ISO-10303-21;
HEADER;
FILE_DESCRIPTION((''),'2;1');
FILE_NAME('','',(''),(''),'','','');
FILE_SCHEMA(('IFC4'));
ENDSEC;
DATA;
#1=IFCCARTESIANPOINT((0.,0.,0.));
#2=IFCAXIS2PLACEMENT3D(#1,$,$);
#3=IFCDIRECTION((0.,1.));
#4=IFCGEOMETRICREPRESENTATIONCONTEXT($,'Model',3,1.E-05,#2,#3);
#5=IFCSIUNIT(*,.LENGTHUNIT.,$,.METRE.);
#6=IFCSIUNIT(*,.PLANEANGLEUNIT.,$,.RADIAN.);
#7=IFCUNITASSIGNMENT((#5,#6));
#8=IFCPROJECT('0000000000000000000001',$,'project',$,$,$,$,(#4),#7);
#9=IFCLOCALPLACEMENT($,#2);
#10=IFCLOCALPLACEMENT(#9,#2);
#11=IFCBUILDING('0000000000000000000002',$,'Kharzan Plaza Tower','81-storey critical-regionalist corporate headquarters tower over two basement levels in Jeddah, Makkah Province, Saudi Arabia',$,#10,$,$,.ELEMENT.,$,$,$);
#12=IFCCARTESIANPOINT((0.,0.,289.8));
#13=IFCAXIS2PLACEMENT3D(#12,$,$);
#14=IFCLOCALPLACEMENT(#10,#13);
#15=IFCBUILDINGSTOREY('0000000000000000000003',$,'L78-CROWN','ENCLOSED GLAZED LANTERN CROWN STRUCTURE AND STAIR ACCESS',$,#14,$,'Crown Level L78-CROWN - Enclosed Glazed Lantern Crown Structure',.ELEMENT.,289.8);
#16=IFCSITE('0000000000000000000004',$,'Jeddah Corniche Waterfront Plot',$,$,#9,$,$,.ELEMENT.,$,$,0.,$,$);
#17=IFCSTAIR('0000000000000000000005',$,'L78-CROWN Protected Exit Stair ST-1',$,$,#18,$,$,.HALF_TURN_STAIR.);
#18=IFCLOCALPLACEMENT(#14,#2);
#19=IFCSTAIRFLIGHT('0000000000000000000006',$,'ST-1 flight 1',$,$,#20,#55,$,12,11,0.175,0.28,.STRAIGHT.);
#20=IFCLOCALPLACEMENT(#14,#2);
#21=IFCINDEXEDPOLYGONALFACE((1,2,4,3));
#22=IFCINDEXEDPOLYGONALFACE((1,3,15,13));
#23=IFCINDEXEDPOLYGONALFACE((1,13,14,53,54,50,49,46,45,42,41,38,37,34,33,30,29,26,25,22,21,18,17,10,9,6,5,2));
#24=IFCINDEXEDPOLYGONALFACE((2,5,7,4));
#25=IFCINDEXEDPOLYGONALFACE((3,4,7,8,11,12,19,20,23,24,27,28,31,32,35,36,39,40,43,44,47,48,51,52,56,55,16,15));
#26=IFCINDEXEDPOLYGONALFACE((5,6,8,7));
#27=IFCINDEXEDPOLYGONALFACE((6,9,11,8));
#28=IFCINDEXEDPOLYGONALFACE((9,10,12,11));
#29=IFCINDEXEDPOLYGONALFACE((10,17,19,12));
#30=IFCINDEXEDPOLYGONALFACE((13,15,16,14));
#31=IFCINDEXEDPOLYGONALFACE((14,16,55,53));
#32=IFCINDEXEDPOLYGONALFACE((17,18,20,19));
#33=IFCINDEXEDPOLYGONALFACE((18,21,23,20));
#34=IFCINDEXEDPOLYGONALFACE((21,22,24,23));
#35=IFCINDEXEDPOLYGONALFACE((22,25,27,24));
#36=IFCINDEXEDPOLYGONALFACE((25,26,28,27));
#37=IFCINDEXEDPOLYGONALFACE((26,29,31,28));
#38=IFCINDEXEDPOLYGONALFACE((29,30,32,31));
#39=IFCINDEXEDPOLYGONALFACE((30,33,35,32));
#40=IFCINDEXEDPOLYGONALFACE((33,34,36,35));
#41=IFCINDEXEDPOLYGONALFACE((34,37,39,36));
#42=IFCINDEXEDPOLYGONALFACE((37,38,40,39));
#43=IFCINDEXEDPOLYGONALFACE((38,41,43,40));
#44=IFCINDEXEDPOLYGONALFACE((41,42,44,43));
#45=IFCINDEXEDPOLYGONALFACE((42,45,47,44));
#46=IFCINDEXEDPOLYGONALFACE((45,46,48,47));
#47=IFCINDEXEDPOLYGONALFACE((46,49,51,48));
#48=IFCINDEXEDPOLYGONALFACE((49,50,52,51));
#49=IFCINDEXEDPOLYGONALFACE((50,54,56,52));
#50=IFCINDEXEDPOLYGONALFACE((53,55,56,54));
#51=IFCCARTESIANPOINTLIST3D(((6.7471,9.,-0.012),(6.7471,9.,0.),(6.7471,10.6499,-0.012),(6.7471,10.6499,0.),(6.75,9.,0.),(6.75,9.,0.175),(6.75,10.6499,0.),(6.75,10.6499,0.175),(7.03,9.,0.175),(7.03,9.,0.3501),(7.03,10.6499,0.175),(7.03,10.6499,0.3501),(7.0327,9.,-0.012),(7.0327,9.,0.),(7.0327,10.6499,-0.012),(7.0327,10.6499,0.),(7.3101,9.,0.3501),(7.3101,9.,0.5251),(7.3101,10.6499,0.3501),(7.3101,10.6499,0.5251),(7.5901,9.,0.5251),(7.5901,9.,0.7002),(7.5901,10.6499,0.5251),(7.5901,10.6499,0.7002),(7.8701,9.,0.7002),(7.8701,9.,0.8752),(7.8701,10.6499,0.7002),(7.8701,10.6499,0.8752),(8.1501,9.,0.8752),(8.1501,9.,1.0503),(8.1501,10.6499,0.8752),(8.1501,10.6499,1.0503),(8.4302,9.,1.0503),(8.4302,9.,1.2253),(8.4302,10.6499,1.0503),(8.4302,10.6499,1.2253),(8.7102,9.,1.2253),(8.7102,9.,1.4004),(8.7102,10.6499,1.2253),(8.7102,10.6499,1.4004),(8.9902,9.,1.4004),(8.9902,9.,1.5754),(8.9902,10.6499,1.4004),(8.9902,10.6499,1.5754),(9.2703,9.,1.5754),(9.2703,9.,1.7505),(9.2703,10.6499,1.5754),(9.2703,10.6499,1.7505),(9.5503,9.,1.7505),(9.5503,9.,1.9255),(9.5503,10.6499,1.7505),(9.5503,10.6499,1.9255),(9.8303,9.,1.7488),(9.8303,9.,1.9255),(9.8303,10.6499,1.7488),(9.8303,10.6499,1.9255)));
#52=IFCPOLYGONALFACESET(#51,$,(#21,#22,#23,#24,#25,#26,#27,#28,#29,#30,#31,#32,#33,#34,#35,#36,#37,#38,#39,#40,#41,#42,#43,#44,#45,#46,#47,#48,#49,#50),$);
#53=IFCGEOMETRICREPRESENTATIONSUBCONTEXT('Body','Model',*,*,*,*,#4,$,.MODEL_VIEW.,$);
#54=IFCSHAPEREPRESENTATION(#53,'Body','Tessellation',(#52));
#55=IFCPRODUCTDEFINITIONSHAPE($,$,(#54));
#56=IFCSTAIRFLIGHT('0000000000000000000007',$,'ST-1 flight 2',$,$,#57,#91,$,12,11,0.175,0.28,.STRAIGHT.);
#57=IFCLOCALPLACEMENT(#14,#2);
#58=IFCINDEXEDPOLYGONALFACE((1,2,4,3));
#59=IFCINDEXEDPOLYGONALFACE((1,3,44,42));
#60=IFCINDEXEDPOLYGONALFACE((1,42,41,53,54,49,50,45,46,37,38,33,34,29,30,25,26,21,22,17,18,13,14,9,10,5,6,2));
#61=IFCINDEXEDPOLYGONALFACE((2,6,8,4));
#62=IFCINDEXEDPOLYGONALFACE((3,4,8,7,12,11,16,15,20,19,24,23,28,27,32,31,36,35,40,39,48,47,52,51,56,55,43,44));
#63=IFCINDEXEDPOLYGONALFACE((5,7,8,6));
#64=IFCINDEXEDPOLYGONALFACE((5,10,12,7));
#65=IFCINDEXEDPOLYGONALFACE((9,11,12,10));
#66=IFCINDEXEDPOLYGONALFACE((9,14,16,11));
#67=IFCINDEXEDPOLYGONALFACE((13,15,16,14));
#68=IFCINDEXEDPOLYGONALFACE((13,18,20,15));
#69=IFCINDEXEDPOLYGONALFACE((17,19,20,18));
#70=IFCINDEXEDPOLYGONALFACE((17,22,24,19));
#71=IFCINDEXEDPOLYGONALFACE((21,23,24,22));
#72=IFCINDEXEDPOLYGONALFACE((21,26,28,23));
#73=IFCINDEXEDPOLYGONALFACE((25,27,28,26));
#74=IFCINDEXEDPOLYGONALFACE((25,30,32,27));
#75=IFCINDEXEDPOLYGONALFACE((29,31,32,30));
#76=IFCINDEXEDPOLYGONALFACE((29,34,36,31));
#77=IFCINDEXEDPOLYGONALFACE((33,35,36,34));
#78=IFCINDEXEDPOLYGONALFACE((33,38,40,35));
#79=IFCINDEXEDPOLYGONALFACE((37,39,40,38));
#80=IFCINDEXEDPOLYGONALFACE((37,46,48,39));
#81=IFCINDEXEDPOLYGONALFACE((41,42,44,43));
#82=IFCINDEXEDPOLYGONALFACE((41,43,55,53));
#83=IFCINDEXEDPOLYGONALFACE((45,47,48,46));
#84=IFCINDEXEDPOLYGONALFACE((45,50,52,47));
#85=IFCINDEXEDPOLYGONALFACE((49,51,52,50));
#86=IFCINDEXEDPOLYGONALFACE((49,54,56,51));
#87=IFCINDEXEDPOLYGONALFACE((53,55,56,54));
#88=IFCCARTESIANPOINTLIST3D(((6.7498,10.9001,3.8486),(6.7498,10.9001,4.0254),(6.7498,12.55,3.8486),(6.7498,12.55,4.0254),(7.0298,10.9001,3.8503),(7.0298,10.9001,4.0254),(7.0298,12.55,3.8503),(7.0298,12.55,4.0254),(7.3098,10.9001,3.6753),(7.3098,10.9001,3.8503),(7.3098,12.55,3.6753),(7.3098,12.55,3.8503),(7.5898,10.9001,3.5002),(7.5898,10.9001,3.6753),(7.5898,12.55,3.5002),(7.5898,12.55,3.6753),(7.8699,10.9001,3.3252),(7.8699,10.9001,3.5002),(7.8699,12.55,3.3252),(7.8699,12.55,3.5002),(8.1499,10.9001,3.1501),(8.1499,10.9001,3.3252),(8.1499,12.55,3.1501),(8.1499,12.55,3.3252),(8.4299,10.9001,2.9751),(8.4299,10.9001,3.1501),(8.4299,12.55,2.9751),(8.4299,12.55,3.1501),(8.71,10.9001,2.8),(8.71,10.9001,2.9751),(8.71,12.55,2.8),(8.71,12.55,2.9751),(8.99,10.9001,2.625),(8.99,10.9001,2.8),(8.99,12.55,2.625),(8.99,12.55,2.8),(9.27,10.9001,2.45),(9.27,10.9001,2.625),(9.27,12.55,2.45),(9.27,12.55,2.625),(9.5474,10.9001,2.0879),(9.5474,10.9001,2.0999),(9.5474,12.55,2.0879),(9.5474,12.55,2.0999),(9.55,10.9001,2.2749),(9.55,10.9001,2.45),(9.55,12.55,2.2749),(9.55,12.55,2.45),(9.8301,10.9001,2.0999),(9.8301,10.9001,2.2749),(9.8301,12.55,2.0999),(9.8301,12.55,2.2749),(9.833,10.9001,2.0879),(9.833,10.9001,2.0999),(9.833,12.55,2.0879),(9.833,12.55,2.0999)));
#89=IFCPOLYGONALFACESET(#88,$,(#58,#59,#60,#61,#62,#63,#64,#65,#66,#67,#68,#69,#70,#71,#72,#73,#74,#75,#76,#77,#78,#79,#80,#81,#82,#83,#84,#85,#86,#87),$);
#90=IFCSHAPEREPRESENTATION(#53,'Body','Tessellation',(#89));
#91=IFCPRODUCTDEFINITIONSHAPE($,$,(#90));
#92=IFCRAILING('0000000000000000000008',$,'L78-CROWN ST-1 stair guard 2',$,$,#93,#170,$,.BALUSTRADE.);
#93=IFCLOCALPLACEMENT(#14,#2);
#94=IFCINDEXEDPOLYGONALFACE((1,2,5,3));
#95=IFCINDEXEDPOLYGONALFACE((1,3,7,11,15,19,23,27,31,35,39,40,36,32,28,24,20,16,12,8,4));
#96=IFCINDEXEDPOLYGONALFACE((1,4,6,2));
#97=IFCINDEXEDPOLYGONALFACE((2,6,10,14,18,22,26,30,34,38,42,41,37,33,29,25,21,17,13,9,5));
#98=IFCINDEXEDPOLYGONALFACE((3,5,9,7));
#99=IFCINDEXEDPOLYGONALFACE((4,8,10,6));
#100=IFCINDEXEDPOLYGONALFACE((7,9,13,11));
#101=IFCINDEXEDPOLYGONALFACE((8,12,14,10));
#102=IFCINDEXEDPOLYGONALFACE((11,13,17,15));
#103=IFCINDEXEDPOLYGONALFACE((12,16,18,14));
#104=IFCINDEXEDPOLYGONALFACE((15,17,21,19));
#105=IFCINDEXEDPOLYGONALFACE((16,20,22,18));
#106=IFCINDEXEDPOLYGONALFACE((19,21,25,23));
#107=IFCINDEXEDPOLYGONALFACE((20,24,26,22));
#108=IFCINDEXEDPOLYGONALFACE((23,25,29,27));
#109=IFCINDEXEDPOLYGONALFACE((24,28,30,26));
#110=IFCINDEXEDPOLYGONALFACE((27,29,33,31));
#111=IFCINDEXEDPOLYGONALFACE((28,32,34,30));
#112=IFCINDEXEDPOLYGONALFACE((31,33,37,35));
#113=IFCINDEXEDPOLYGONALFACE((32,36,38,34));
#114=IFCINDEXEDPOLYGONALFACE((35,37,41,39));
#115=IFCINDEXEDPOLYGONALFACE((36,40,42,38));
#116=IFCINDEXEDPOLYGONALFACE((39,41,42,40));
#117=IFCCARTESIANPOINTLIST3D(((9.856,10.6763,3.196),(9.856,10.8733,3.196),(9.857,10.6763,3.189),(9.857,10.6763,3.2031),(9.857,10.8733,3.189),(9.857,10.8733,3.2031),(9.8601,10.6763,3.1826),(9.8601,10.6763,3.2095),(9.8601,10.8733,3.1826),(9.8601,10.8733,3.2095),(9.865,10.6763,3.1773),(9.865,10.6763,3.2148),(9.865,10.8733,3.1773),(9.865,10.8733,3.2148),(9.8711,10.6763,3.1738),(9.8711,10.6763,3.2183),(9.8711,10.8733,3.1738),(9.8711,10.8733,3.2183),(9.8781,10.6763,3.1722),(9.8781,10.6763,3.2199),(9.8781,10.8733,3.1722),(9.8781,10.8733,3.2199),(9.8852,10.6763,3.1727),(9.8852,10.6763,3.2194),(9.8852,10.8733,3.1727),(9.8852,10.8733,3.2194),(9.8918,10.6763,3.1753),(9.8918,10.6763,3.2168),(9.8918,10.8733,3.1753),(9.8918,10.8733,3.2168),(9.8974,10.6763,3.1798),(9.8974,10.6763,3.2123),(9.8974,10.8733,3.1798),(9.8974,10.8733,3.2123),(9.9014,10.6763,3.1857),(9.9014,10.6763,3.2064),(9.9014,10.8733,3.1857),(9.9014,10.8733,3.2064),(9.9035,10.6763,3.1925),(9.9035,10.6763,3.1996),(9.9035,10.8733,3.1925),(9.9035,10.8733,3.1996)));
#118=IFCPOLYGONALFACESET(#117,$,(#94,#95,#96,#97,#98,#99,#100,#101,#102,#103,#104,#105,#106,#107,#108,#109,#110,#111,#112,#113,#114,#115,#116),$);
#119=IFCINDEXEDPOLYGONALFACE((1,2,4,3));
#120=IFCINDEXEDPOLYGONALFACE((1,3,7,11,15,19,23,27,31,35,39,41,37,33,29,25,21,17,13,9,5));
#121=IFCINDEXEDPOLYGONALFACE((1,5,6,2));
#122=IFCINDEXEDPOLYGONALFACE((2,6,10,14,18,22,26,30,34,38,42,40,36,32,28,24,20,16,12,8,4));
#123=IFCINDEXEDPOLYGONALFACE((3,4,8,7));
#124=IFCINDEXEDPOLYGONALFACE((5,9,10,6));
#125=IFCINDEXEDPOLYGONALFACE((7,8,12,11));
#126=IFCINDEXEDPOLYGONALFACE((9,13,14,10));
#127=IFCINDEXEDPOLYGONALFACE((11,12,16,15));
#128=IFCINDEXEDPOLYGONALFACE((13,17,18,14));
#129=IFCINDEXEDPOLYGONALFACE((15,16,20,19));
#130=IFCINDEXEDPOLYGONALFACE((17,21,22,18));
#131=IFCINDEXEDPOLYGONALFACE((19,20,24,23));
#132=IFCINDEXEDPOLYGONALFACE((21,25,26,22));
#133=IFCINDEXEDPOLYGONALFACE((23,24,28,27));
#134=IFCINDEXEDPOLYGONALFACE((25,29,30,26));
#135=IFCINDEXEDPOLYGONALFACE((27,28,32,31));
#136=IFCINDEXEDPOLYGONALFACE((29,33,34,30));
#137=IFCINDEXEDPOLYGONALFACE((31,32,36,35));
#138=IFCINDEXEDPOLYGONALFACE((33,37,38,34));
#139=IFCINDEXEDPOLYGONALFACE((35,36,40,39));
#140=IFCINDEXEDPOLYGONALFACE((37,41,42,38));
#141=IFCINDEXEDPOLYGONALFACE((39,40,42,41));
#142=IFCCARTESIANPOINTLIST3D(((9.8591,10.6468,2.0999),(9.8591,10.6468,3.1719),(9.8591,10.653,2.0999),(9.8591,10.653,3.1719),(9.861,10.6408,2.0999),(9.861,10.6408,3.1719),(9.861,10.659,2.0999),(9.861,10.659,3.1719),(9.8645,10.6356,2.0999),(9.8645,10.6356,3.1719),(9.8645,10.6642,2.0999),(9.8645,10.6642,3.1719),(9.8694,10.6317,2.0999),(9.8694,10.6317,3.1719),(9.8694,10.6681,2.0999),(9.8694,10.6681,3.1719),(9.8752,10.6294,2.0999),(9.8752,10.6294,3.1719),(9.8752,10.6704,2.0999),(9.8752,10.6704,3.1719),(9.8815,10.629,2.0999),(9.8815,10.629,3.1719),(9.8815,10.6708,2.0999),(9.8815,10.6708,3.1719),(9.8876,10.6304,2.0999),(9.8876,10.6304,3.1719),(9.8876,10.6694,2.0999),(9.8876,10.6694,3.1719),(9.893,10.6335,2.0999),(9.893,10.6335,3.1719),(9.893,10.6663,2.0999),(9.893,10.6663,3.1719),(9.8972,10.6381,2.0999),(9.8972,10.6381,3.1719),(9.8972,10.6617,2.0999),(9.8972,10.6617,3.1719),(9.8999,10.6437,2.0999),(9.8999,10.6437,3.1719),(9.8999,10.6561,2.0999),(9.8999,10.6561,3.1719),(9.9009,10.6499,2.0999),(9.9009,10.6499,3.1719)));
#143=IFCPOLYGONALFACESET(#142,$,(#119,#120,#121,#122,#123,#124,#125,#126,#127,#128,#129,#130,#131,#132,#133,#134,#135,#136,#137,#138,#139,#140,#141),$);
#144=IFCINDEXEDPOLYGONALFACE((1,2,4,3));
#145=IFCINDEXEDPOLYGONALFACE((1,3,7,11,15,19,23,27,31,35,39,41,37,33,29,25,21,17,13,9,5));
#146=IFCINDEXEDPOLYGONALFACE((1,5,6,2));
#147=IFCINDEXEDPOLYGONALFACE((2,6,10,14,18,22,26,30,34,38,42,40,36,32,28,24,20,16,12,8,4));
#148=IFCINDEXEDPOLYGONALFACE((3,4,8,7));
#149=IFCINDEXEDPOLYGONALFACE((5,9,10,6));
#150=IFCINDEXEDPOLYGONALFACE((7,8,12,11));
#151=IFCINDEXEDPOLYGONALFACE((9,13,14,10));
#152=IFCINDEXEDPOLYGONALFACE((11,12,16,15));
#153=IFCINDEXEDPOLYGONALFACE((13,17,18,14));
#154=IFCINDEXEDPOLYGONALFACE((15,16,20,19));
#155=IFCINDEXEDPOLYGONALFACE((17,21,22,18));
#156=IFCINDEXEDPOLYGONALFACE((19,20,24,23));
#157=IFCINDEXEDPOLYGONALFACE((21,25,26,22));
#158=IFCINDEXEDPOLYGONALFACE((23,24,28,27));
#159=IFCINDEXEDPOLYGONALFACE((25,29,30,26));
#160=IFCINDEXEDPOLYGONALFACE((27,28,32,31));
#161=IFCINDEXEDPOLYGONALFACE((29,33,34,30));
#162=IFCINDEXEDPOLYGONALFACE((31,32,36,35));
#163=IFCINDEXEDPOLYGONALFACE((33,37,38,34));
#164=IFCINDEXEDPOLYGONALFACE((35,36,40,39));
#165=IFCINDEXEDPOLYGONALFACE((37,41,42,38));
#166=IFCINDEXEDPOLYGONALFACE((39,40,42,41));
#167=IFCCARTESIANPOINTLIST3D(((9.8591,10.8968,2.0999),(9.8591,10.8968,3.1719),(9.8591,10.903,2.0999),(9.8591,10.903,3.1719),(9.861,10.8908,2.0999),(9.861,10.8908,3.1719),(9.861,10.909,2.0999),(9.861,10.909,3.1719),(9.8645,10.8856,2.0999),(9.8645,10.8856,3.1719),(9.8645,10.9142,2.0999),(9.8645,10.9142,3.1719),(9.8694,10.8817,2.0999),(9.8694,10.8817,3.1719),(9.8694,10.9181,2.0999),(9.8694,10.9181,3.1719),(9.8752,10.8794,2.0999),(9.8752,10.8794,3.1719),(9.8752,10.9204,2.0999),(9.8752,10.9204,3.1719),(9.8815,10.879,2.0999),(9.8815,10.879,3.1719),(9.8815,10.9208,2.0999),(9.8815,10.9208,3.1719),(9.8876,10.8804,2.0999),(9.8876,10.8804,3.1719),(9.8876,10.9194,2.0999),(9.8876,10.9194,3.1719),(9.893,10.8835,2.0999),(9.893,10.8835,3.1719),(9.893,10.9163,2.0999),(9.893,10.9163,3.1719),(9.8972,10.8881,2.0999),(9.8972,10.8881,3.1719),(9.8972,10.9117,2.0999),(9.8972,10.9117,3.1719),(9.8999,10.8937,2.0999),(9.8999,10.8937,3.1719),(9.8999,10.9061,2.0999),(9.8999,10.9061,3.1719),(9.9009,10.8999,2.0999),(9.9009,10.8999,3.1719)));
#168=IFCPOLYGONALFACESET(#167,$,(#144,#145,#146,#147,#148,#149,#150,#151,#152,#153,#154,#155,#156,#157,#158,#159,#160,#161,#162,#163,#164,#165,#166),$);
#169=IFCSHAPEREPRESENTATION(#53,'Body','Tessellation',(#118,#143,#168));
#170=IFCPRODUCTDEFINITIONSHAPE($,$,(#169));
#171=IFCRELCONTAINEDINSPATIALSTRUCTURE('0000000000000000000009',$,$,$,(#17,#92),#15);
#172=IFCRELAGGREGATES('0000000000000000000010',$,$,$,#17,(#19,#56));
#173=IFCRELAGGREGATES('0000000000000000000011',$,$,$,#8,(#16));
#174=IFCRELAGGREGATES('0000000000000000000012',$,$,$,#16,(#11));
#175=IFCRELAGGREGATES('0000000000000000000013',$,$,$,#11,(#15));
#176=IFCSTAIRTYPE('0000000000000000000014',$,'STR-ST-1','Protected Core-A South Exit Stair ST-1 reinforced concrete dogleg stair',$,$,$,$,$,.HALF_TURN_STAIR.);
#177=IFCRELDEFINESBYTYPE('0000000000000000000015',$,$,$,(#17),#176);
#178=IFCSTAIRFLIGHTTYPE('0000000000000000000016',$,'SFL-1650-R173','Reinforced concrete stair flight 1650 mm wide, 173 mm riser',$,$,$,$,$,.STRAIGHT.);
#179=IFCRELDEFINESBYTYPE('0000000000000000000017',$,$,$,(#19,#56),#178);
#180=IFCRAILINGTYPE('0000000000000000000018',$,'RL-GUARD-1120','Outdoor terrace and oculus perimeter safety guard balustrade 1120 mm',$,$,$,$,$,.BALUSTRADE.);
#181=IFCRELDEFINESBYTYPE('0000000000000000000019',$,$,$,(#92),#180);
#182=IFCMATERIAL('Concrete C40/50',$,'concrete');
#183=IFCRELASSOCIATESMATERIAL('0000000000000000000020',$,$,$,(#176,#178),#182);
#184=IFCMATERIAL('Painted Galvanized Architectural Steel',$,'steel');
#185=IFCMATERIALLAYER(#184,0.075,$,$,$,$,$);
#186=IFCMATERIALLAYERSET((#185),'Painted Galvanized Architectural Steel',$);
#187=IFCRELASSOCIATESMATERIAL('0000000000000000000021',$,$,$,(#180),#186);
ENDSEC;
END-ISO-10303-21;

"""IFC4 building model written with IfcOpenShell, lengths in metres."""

from ifc_helpers import new_model, si_unit, direction, frame, origin, origin_2d, place, context, subcontext, project, spatial, polyline, circle, outline, extrude, source, transform, mapped, material, layer, layer_set, type_object, element, aggregate, save


model = new_model("IFC4")

# Units and contexts
model_context = context("Model", 3, precision=1e-05, world=origin(), true_north=direction((0.0, 1.0)))
body_context = subcontext(model_context, "Body", "Model", "MODEL_VIEW")
ifc_project = project(units=[si_unit("LENGTHUNIT", "METRE"), si_unit("PLANEANGLEUNIT", "RADIAN")], contexts=[model_context])

# Site, building, storey
site_placement = place(None, origin())
site = spatial("IfcSite", under=ifc_project, at=site_placement, Name="Jeddah Corniche Waterfront Plot", CompositionType="ELEMENT", RefElevation=0.0)
building_placement = place(site_placement, origin())
building = spatial("IfcBuilding", under=site, at=building_placement, Name="Kharzan Plaza Tower", Description="81-storey critical-regionalist corporate headquarters tower over two basement levels in Jeddah, Makkah Province, Saudi Arabia", CompositionType="ELEMENT")
storey_placement = place(building_placement, frame((0.0, 0.0, 289.8)))
storey = spatial("IfcBuildingStorey", under=building, at=storey_placement, Name="L78-CROWN", Description="ENCLOSED GLAZED LANTERN CROWN STRUCTURE AND STAIR ACCESS", LongName="Crown Level L78-CROWN - Enclosed Glazed Lantern Crown Structure", CompositionType="ELEMENT", Elevation=289.8)

# Shared definitions
ifc_material_1 = material(Name="Concrete C40/50", Category="concrete")

# Stair, stair flights
stair_type = type_object("IfcStairType", Name="STR-ST-1", Description="Protected Core-A South Exit Stair ST-1 reinforced concrete dogleg stair", PredefinedType="HALF_TURN_STAIR", material=ifc_material_1)
stair_placement = place(storey_placement, origin())
stair = element("IfcStair", 1, at=stair_placement, inside=storey, type_object=stair_type, Name="L78-CROWN Protected Exit Stair ST-1", PredefinedType="HALF_TURN_STAIR")
stair_flight_type = type_object("IfcStairFlightType", Name="SFL-1650-R173", Description="Reinforced concrete stair flight 1650 mm wide, 173 mm riser", PredefinedType="STRAIGHT", material=ifc_material_1)
shared_shape_1 = source(origin(), body_context, "Body", "SweptSolid", [
    extrude(outline(polyline([(-0.0029, -0.012), (-0.0029, 0.0), (0.0, 0.0), (0.0, 0.175), (0.28, 0.175), (0.28, 0.3501), (0.5601, 0.3501), (0.5601, 0.5251), (0.8401, 0.5251), (0.8401, 0.7002), (1.1201, 0.7002), (1.1201, 0.8752), (1.4001, 0.8752), (1.4001, 1.0503), (1.6802, 1.0503), (1.6802, 1.2253), (1.9602, 1.2253), (1.9602, 1.4004), (2.2402, 1.4004), (2.2402, 1.5754), (2.5203, 1.5754), (2.5203, 1.7505), (2.8003, 1.7505), (2.8003, 1.9255), (3.0803, 1.9255), (3.0803, 2.1006), (3.0803, 1.7488), (0.2827, 0.0), (0.2827, -0.012), (-0.0029, -0.012)])), frame((0.0, 0.825, 0.0), z_axis=(0.0, -1.0, 0.0), x_axis=(1.0, 0.0, 0.0)), (0.0, 0.0, 1.0), 1.6499),
])
stair_flight_1_placement = place(storey_placement, frame((6.75, 9.825, 0.0), z_axis=(0.0, 0.0, 1.0), x_axis=(1.0, 0.0, 0.0)))
stair_flight_1 = element("IfcStairFlight", 2, at=stair_flight_1_placement, type_object=stair_flight_type, Name="ST-1 flight 1", NumberOfRisers=12, NumberOfTreads=11, PredefinedType="STRAIGHT", RiserHeight=0.175, TreadLength=0.28, context=body_context, shape_type="MappedRepresentation", body=[
    mapped(shared_shape_1, transform((0.0, 0.0, 0.0), x_axis=(1.0, 0.0, 0.0), y_axis=(0.0, 1.0, 0.0), z_axis=(0.0, 0.0, 1.0))),
])
stair_flight_2_placement = place(storey_placement, frame((9.8301, 11.7251, 2.0999), z_axis=(0.0, 0.0, 1.0), x_axis=(-1.0, 0.0, 0.0)))
stair_flight_2 = element("IfcStairFlight", 3, at=stair_flight_2_placement, type_object=stair_flight_type, Name="ST-1 flight 2", NumberOfRisers=12, NumberOfTreads=11, PredefinedType="STRAIGHT", RiserHeight=0.175, TreadLength=0.28, context=body_context, shape_type="MappedRepresentation", body=[
    mapped(shared_shape_1, transform((0.0, 0.0, 0.0), x_axis=(1.0, 0.0, 0.0), y_axis=(0.0, 1.0, 0.0), z_axis=(0.0, 0.0, 1.0))),
])
aggregate(stair, [stair_flight_1, stair_flight_2])

# Railing
ifc_material_2 = material(Name="Painted Galvanized Architectural Steel", Category="steel")
ifc_layer_1 = layer(ifc_material_2, 0.075)
ifc_layer_set_1 = layer_set([ifc_layer_1], Name="Painted Galvanized Architectural Steel")
railing_type_1 = type_object("IfcRailingType", Name="RL-GUARD-1120", Description="Outdoor terrace and oculus perimeter safety guard balustrade 1120 mm", PredefinedType="BALUSTRADE", material=ifc_layer_set_1)
shared_shape_2 = source(origin(), body_context, "Body", "SweptSolid", [
    extrude(circle(Radius=0.0239, at=origin_2d()), frame((0.0, 0.0264, 1.0962), z_axis=(0.0, 1.0, 0.0), x_axis=(-1.0, 0.0, 0.0)), (0.0, 0.0, 1.0), 0.197),
    extrude(circle(Radius=0.021, at=origin_2d()), origin(), (0.0, 0.0, 1.0), 1.072),
    extrude(circle(Radius=0.021, at=origin_2d()), frame((0.0, 0.25, 0.0)), (0.0, 0.0, 1.0), 1.072),
])
for number, where, name in (
    (4, (9.8799, 10.6499, 2.0999), "L78-CROWN ST-1 stair guard 2"),
):
    element("IfcRailing", number, at=place(storey_placement, frame(where)), inside=storey, type_object=railing_type_1, Name=name, PredefinedType="BALUSTRADE", context=body_context, shape_type="MappedRepresentation", body=[
        mapped(shared_shape_2, transform((0.0, 0.0, 0.0), x_axis=(1.0, 0.0, 0.0), y_axis=(0.0, 1.0, 0.0), z_axis=(0.0, 0.0, 1.0))),
    ])

save(model, "model.ifc")
